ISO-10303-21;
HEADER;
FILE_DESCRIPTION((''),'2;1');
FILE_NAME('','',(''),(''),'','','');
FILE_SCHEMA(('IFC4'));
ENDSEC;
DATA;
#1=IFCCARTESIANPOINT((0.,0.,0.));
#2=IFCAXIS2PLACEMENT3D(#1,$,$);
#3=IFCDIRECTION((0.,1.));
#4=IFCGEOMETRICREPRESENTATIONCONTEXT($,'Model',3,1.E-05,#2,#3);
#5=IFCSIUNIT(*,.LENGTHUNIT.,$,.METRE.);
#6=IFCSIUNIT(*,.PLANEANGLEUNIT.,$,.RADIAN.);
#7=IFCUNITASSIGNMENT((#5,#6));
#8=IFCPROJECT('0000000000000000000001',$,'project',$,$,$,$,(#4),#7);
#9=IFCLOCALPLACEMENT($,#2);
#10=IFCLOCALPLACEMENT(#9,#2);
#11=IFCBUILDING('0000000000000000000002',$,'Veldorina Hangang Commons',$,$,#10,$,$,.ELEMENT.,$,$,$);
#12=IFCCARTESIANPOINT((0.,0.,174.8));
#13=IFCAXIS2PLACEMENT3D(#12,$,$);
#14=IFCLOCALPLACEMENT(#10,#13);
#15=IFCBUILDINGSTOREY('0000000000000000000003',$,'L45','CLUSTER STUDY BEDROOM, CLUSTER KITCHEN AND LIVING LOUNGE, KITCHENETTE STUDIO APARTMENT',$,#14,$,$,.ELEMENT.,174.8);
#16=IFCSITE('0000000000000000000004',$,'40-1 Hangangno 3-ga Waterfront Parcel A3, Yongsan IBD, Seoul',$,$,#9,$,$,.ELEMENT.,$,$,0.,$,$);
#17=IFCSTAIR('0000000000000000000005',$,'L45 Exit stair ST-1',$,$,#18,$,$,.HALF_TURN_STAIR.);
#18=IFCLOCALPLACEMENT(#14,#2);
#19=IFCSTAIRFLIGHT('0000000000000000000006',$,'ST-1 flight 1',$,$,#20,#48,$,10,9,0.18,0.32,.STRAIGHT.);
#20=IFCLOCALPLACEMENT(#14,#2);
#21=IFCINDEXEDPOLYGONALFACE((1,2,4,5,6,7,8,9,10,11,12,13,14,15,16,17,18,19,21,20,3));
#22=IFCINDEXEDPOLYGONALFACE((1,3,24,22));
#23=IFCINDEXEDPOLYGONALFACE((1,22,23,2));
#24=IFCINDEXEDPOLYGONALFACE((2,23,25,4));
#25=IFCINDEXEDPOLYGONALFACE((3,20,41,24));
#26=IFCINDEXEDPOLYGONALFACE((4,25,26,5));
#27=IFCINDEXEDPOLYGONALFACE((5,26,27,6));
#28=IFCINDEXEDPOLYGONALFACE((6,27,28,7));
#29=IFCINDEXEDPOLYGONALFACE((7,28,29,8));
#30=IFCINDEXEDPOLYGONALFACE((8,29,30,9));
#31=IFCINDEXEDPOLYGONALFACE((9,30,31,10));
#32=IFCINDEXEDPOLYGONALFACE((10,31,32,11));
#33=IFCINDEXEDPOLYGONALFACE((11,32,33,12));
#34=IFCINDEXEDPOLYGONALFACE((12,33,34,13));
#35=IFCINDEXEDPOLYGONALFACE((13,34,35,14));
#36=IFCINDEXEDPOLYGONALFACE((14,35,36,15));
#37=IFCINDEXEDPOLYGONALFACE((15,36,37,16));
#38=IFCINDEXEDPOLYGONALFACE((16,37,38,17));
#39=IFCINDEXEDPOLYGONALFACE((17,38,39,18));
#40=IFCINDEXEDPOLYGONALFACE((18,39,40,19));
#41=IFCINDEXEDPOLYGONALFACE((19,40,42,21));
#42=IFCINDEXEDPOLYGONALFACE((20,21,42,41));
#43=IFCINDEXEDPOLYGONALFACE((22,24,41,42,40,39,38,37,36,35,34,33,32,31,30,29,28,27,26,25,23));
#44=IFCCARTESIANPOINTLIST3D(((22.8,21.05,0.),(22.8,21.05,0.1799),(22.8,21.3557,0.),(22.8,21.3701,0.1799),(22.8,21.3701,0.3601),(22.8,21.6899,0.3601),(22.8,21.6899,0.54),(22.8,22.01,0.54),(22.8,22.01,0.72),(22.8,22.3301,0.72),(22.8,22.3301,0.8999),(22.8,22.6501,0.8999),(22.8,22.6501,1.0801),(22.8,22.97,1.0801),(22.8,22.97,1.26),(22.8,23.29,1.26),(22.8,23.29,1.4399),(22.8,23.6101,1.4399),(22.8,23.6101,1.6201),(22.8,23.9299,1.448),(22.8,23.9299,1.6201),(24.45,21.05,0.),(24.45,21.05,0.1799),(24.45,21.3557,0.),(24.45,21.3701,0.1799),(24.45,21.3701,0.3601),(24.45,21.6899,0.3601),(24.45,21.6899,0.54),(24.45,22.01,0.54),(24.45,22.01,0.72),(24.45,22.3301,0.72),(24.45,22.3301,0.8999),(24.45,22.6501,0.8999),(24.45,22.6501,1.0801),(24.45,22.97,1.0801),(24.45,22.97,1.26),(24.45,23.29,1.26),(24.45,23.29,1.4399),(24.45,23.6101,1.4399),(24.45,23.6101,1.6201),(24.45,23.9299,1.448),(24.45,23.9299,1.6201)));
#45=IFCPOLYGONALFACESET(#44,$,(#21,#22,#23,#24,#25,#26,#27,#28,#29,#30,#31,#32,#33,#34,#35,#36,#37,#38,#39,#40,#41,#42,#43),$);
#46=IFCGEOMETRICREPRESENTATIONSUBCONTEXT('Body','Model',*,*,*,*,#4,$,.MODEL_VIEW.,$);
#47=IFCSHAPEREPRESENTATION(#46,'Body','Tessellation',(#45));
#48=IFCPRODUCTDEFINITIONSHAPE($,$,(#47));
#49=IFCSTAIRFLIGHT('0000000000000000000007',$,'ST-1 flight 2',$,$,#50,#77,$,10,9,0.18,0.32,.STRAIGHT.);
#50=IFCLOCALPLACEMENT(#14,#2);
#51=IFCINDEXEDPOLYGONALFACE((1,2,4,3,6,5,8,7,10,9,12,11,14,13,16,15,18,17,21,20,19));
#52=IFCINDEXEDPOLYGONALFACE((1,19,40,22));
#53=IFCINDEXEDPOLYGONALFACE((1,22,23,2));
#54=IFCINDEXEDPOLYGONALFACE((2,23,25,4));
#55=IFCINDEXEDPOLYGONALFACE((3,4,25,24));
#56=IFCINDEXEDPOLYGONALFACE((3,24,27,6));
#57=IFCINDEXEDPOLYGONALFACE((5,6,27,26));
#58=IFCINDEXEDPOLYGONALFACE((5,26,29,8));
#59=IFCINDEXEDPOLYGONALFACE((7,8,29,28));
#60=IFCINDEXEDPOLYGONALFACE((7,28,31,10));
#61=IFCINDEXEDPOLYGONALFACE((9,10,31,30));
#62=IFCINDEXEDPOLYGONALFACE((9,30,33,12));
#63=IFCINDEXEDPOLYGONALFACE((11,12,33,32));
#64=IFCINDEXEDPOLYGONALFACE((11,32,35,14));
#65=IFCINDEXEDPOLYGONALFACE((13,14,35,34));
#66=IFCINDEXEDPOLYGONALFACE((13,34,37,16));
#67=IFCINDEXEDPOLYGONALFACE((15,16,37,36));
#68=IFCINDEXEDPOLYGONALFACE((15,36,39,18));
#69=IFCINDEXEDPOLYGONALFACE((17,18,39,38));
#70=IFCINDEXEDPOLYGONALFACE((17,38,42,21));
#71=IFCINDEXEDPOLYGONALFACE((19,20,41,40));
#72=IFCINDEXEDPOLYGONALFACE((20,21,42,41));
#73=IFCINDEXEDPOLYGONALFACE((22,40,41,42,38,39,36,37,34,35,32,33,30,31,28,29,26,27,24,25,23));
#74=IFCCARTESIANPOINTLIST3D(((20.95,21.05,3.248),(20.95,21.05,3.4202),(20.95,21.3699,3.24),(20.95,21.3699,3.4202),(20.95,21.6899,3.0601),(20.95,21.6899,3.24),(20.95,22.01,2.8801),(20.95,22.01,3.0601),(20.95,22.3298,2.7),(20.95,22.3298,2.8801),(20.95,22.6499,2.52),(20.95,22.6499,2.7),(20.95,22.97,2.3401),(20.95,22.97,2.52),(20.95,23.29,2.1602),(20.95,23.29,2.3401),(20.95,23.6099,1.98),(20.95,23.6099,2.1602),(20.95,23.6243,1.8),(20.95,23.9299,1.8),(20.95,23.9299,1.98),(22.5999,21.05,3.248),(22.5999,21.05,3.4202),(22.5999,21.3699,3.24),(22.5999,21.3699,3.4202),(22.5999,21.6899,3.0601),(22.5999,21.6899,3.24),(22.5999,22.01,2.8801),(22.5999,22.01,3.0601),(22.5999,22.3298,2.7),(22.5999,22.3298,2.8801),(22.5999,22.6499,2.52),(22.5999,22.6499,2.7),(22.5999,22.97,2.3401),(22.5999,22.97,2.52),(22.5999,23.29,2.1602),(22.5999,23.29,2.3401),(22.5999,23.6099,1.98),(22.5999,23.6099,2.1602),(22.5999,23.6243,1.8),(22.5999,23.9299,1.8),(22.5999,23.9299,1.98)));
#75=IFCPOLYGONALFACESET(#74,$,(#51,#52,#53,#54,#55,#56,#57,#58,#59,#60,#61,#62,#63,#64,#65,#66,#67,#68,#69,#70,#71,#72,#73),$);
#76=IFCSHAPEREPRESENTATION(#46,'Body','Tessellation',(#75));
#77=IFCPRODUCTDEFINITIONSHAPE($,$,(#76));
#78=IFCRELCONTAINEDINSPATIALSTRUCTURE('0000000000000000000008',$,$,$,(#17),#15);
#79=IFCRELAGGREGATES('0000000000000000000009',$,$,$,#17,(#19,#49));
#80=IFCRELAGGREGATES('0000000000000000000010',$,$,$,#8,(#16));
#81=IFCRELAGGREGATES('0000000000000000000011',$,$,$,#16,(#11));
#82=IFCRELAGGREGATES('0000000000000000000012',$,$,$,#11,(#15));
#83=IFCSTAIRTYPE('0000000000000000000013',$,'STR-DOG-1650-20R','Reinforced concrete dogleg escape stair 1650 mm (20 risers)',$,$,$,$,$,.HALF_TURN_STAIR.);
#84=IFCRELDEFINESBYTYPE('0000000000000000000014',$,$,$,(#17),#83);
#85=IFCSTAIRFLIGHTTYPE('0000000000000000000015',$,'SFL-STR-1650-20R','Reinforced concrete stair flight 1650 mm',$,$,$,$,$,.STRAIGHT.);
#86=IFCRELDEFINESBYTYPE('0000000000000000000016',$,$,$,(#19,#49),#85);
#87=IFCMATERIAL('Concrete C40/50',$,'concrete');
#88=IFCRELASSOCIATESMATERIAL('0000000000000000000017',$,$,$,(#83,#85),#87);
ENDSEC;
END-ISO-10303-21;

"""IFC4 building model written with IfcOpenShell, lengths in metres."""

from ifc_helpers import new_model, si_unit, direction, frame, origin, place, context, subcontext, project, spatial, polyline, outline, extrude, material, type_object, element, aggregate, save


model = new_model("IFC4")

# Units and contexts
model_context = context("Model", 3, precision=1e-05, world=origin(), true_north=direction((0.0, 1.0)))
body_context = subcontext(model_context, "Body", "Model", "MODEL_VIEW")
ifc_project = project(units=[si_unit("LENGTHUNIT", "METRE"), si_unit("PLANEANGLEUNIT", "RADIAN")], contexts=[model_context])

# Site, building, storey
site_placement = place(None, origin())
site = spatial("IfcSite", under=ifc_project, at=site_placement, Name="40-1 Hangangno 3-ga Waterfront Parcel A3, Yongsan IBD, Seoul", CompositionType="ELEMENT", RefElevation=0.0)
building_placement = place(site_placement, origin())
building = spatial("IfcBuilding", under=site, at=building_placement, Name="Veldorina Hangang Commons", CompositionType="ELEMENT")
storey_placement = place(building_placement, frame((0.0, 0.0, 174.8)))
storey = spatial("IfcBuildingStorey", under=building, at=storey_placement, Name="L45", Description="CLUSTER STUDY BEDROOM, CLUSTER KITCHEN AND LIVING LOUNGE, KITCHENETTE STUDIO APARTMENT", CompositionType="ELEMENT", Elevation=174.8)

# Stair, stair flights
ifc_material_1 = material(Name="Concrete C40/50", Category="concrete")
stair_type = type_object("IfcStairType", Name="STR-DOG-1650-20R", Description="Reinforced concrete dogleg escape stair 1650 mm (20 risers)", PredefinedType="HALF_TURN_STAIR", material=ifc_material_1)
stair_placement = place(storey_placement, origin())
stair = element("IfcStair", 1, at=stair_placement, inside=storey, type_object=stair_type, Name="L45 Exit stair ST-1", PredefinedType="HALF_TURN_STAIR")
stair_flight_type = type_object("IfcStairFlightType", Name="SFL-STR-1650-20R", Description="Reinforced concrete stair flight 1650 mm", PredefinedType="STRAIGHT", material=ifc_material_1)
stair_flight_1_placement = place(storey_placement, frame((23.625, 21.05, 0.0), z_axis=(0.0, 0.0, 1.0), x_axis=(0.0, 1.0, 0.0)))
stair_flight_1 = element("IfcStairFlight", 2, at=stair_flight_1_placement, type_object=stair_flight_type, Name="ST-1 flight 1", NumberOfRisers=10, NumberOfTreads=9, PredefinedType="STRAIGHT", RiserHeight=0.18, TreadLength=0.32, context=body_context, shape_type="SweptSolid", body=[
    extrude(outline(polyline([(0.0, 0.0), (0.0, 0.1799), (0.3201, 0.1799), (0.3201, 0.3601), (0.6399, 0.3601), (0.6399, 0.54), (0.96, 0.54), (0.96, 0.72), (1.28, 0.72), (1.28, 0.8999), (1.6001, 0.8999), (1.6001, 1.0801), (1.9199, 1.0801), (1.9199, 1.26), (2.24, 1.26), (2.24, 1.4399), (2.5601, 1.4399), (2.5601, 1.6201), (2.8799, 1.6201), (2.8799, 1.8), (2.8799, 1.448), (0.3057, 0.0), (0.0, 0.0)])), frame((0.0, 0.825, 0.0), z_axis=(0.0, -1.0, 0.0), x_axis=(1.0, 0.0, 0.0)), (0.0, 0.0, 1.0), 1.6499),
])
stair_flight_2_placement = place(storey_placement, frame((21.7749, 23.9299, 1.8), z_axis=(0.0, 0.0, 1.0), x_axis=(0.0, -1.0, 0.0)))
stair_flight_2 = element("IfcStairFlight", 3, at=stair_flight_2_placement, type_object=stair_flight_type, Name="ST-1 flight 2", NumberOfRisers=10, NumberOfTreads=9, PredefinedType="STRAIGHT", RiserHeight=0.18, TreadLength=0.32, context=body_context, shape_type="SweptSolid", body=[
    extrude(outline(polyline([(0.0, 0.0), (0.0, 0.1799), (0.3201, 0.1799), (0.3201, 0.3601), (0.6399, 0.3601), (0.6399, 0.54), (0.96, 0.54), (0.96, 0.72), (1.28, 0.72), (1.28, 0.8999), (1.6001, 0.8999), (1.6001, 1.0801), (1.9199, 1.0801), (1.9199, 1.26), (2.24, 1.26), (2.24, 1.4399), (2.5601, 1.4399), (2.5601, 1.6201), (2.8799, 1.6201), (2.8799, 1.8), (2.8799, 1.448), (0.3057, 0.0), (0.0, 0.0)])), frame((0.0, 0.825, 0.0), z_axis=(0.0, -1.0, 0.0), x_axis=(1.0, 0.0, 0.0)), (0.0, 0.0, 1.0), 1.6499),
])
aggregate(stair, [stair_flight_1, stair_flight_2])

save(model, "model.ifc")
